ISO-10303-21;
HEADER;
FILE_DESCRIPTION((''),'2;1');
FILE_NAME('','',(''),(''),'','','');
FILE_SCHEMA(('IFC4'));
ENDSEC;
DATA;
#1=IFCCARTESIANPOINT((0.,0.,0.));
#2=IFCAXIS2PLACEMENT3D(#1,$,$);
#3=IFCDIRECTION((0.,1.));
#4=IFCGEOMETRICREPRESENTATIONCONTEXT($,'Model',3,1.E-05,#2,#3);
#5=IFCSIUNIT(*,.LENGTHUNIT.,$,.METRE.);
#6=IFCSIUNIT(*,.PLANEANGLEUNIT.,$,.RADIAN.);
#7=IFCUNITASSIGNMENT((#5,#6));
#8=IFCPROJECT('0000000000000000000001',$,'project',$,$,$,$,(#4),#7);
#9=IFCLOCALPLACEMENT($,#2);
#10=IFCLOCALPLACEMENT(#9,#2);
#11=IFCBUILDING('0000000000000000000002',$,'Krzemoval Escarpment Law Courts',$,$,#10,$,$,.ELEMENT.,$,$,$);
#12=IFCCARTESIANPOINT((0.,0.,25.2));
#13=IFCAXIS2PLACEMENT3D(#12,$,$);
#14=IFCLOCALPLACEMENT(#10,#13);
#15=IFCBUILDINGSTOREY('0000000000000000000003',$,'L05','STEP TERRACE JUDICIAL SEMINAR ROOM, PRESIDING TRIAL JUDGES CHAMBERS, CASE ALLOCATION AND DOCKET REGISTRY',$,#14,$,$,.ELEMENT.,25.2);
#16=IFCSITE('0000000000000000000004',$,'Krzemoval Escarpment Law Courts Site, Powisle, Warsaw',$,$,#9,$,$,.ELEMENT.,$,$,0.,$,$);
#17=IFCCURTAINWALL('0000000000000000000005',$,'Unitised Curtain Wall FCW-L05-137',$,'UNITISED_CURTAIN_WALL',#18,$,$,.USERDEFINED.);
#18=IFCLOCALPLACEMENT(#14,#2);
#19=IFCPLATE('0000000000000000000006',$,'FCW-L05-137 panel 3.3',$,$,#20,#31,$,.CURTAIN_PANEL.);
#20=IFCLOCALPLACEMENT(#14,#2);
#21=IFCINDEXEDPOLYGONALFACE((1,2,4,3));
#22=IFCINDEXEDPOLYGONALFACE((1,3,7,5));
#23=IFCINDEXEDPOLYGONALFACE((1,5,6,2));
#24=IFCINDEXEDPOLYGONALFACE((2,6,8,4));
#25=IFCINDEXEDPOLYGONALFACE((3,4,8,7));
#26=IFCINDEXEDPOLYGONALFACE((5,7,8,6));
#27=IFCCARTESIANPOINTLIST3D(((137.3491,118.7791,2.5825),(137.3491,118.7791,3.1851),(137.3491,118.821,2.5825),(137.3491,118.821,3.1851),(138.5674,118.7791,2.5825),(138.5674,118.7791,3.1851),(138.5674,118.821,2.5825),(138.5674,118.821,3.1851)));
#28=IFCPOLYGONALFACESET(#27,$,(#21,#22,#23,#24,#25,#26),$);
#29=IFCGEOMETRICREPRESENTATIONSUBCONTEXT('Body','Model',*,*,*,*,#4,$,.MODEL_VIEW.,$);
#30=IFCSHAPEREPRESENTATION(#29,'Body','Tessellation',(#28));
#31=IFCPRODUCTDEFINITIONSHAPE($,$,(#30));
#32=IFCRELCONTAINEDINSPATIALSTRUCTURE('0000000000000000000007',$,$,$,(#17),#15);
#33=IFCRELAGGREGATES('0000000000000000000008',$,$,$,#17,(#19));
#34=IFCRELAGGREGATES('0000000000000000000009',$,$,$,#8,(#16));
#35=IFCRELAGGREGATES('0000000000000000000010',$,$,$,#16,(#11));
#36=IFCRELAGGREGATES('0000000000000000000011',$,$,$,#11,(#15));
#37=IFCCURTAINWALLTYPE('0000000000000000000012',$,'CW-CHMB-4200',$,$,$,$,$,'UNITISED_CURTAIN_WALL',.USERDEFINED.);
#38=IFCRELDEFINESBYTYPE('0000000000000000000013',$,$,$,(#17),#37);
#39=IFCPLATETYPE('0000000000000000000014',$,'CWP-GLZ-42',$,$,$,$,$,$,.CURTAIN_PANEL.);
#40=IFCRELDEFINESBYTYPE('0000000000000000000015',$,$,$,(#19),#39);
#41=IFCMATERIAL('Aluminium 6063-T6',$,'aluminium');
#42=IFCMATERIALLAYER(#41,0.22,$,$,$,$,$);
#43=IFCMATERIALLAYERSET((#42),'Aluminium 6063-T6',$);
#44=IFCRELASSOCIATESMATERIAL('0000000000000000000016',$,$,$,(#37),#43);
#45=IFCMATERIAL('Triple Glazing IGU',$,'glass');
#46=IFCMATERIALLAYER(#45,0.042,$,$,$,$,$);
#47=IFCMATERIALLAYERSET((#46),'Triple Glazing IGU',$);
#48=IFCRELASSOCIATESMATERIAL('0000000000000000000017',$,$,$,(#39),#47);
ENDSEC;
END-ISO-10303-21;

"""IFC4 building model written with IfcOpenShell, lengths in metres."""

from ifc_helpers import new_model, si_unit, direction, frame, origin, origin_2d, place, context, subcontext, project, spatial, rectangle, extrude, material, layer, layer_set, type_object, element, aggregate, save


model = new_model("IFC4")

# Units and contexts
model_context = context("Model", 3, precision=1e-05, world=origin(), true_north=direction((0.0, 1.0)))
body_context = subcontext(model_context, "Body", "Model", "MODEL_VIEW")
ifc_project = project(units=[si_unit("LENGTHUNIT", "METRE"), si_unit("PLANEANGLEUNIT", "RADIAN")], contexts=[model_context])

# Site, building, storey
site_placement = place(None, origin())
site = spatial("IfcSite", under=ifc_project, at=site_placement, Name="Krzemoval Escarpment Law Courts Site, Powisle, Warsaw", CompositionType="ELEMENT", RefElevation=0.0)
building_placement = place(site_placement, origin())
building = spatial("IfcBuilding", under=site, at=building_placement, Name="Krzemoval Escarpment Law Courts", CompositionType="ELEMENT")
storey_placement = place(building_placement, frame((0.0, 0.0, 25.2)))
storey = spatial("IfcBuildingStorey", under=building, at=storey_placement, Name="L05", Description="STEP TERRACE JUDICIAL SEMINAR ROOM, PRESIDING TRIAL JUDGES CHAMBERS, CASE ALLOCATION AND DOCKET REGISTRY", CompositionType="ELEMENT", Elevation=25.2)

# Curtain wall, plate
ifc_material_1 = material(Name="Aluminium 6063-T6", Category="aluminium")
ifc_layer_1 = layer(ifc_material_1, 0.22)
ifc_layer_set_1 = layer_set([ifc_layer_1], Name="Aluminium 6063-T6")
curtain_wall_type = type_object("IfcCurtainWallType", Name="CW-CHMB-4200", ElementType="UNITISED_CURTAIN_WALL", PredefinedType="USERDEFINED", material=ifc_layer_set_1)
curtain_wall_placement = place(storey_placement, origin())
curtain_wall = element("IfcCurtainWall", 1, at=curtain_wall_placement, inside=storey, type_object=curtain_wall_type, Name="Unitised Curtain Wall FCW-L05-137", ObjectType="UNITISED_CURTAIN_WALL", PredefinedType="USERDEFINED")
ifc_material_2 = material(Name="Triple Glazing IGU", Category="glass")
ifc_layer_2 = layer(ifc_material_2, 0.042)
ifc_layer_set_2 = layer_set([ifc_layer_2], Name="Triple Glazing IGU")
plate_type = type_object("IfcPlateType", Name="CWP-GLZ-42", PredefinedType="CURTAIN_PANEL", material=ifc_layer_set_2)
plate_1_placement = place(storey_placement, frame((137.9583, 118.8, 2.5825), z_axis=(0.0, 0.0, 1.0), x_axis=(1.0, 0.0, 0.0)))
plate_1 = element("IfcPlate", 2, at=plate_1_placement, type_object=plate_type, Name="FCW-L05-137 panel 3.3", PredefinedType="CURTAIN_PANEL", context=body_context, shape_type="SweptSolid", body=[
    extrude(rectangle(XDim=1.2183, YDim=0.042, at=origin_2d()), origin(), (0.0, 0.0, 1.0), 0.6025),
])
aggregate(curtain_wall, [plate_1])

save(model, "model.ifc")
